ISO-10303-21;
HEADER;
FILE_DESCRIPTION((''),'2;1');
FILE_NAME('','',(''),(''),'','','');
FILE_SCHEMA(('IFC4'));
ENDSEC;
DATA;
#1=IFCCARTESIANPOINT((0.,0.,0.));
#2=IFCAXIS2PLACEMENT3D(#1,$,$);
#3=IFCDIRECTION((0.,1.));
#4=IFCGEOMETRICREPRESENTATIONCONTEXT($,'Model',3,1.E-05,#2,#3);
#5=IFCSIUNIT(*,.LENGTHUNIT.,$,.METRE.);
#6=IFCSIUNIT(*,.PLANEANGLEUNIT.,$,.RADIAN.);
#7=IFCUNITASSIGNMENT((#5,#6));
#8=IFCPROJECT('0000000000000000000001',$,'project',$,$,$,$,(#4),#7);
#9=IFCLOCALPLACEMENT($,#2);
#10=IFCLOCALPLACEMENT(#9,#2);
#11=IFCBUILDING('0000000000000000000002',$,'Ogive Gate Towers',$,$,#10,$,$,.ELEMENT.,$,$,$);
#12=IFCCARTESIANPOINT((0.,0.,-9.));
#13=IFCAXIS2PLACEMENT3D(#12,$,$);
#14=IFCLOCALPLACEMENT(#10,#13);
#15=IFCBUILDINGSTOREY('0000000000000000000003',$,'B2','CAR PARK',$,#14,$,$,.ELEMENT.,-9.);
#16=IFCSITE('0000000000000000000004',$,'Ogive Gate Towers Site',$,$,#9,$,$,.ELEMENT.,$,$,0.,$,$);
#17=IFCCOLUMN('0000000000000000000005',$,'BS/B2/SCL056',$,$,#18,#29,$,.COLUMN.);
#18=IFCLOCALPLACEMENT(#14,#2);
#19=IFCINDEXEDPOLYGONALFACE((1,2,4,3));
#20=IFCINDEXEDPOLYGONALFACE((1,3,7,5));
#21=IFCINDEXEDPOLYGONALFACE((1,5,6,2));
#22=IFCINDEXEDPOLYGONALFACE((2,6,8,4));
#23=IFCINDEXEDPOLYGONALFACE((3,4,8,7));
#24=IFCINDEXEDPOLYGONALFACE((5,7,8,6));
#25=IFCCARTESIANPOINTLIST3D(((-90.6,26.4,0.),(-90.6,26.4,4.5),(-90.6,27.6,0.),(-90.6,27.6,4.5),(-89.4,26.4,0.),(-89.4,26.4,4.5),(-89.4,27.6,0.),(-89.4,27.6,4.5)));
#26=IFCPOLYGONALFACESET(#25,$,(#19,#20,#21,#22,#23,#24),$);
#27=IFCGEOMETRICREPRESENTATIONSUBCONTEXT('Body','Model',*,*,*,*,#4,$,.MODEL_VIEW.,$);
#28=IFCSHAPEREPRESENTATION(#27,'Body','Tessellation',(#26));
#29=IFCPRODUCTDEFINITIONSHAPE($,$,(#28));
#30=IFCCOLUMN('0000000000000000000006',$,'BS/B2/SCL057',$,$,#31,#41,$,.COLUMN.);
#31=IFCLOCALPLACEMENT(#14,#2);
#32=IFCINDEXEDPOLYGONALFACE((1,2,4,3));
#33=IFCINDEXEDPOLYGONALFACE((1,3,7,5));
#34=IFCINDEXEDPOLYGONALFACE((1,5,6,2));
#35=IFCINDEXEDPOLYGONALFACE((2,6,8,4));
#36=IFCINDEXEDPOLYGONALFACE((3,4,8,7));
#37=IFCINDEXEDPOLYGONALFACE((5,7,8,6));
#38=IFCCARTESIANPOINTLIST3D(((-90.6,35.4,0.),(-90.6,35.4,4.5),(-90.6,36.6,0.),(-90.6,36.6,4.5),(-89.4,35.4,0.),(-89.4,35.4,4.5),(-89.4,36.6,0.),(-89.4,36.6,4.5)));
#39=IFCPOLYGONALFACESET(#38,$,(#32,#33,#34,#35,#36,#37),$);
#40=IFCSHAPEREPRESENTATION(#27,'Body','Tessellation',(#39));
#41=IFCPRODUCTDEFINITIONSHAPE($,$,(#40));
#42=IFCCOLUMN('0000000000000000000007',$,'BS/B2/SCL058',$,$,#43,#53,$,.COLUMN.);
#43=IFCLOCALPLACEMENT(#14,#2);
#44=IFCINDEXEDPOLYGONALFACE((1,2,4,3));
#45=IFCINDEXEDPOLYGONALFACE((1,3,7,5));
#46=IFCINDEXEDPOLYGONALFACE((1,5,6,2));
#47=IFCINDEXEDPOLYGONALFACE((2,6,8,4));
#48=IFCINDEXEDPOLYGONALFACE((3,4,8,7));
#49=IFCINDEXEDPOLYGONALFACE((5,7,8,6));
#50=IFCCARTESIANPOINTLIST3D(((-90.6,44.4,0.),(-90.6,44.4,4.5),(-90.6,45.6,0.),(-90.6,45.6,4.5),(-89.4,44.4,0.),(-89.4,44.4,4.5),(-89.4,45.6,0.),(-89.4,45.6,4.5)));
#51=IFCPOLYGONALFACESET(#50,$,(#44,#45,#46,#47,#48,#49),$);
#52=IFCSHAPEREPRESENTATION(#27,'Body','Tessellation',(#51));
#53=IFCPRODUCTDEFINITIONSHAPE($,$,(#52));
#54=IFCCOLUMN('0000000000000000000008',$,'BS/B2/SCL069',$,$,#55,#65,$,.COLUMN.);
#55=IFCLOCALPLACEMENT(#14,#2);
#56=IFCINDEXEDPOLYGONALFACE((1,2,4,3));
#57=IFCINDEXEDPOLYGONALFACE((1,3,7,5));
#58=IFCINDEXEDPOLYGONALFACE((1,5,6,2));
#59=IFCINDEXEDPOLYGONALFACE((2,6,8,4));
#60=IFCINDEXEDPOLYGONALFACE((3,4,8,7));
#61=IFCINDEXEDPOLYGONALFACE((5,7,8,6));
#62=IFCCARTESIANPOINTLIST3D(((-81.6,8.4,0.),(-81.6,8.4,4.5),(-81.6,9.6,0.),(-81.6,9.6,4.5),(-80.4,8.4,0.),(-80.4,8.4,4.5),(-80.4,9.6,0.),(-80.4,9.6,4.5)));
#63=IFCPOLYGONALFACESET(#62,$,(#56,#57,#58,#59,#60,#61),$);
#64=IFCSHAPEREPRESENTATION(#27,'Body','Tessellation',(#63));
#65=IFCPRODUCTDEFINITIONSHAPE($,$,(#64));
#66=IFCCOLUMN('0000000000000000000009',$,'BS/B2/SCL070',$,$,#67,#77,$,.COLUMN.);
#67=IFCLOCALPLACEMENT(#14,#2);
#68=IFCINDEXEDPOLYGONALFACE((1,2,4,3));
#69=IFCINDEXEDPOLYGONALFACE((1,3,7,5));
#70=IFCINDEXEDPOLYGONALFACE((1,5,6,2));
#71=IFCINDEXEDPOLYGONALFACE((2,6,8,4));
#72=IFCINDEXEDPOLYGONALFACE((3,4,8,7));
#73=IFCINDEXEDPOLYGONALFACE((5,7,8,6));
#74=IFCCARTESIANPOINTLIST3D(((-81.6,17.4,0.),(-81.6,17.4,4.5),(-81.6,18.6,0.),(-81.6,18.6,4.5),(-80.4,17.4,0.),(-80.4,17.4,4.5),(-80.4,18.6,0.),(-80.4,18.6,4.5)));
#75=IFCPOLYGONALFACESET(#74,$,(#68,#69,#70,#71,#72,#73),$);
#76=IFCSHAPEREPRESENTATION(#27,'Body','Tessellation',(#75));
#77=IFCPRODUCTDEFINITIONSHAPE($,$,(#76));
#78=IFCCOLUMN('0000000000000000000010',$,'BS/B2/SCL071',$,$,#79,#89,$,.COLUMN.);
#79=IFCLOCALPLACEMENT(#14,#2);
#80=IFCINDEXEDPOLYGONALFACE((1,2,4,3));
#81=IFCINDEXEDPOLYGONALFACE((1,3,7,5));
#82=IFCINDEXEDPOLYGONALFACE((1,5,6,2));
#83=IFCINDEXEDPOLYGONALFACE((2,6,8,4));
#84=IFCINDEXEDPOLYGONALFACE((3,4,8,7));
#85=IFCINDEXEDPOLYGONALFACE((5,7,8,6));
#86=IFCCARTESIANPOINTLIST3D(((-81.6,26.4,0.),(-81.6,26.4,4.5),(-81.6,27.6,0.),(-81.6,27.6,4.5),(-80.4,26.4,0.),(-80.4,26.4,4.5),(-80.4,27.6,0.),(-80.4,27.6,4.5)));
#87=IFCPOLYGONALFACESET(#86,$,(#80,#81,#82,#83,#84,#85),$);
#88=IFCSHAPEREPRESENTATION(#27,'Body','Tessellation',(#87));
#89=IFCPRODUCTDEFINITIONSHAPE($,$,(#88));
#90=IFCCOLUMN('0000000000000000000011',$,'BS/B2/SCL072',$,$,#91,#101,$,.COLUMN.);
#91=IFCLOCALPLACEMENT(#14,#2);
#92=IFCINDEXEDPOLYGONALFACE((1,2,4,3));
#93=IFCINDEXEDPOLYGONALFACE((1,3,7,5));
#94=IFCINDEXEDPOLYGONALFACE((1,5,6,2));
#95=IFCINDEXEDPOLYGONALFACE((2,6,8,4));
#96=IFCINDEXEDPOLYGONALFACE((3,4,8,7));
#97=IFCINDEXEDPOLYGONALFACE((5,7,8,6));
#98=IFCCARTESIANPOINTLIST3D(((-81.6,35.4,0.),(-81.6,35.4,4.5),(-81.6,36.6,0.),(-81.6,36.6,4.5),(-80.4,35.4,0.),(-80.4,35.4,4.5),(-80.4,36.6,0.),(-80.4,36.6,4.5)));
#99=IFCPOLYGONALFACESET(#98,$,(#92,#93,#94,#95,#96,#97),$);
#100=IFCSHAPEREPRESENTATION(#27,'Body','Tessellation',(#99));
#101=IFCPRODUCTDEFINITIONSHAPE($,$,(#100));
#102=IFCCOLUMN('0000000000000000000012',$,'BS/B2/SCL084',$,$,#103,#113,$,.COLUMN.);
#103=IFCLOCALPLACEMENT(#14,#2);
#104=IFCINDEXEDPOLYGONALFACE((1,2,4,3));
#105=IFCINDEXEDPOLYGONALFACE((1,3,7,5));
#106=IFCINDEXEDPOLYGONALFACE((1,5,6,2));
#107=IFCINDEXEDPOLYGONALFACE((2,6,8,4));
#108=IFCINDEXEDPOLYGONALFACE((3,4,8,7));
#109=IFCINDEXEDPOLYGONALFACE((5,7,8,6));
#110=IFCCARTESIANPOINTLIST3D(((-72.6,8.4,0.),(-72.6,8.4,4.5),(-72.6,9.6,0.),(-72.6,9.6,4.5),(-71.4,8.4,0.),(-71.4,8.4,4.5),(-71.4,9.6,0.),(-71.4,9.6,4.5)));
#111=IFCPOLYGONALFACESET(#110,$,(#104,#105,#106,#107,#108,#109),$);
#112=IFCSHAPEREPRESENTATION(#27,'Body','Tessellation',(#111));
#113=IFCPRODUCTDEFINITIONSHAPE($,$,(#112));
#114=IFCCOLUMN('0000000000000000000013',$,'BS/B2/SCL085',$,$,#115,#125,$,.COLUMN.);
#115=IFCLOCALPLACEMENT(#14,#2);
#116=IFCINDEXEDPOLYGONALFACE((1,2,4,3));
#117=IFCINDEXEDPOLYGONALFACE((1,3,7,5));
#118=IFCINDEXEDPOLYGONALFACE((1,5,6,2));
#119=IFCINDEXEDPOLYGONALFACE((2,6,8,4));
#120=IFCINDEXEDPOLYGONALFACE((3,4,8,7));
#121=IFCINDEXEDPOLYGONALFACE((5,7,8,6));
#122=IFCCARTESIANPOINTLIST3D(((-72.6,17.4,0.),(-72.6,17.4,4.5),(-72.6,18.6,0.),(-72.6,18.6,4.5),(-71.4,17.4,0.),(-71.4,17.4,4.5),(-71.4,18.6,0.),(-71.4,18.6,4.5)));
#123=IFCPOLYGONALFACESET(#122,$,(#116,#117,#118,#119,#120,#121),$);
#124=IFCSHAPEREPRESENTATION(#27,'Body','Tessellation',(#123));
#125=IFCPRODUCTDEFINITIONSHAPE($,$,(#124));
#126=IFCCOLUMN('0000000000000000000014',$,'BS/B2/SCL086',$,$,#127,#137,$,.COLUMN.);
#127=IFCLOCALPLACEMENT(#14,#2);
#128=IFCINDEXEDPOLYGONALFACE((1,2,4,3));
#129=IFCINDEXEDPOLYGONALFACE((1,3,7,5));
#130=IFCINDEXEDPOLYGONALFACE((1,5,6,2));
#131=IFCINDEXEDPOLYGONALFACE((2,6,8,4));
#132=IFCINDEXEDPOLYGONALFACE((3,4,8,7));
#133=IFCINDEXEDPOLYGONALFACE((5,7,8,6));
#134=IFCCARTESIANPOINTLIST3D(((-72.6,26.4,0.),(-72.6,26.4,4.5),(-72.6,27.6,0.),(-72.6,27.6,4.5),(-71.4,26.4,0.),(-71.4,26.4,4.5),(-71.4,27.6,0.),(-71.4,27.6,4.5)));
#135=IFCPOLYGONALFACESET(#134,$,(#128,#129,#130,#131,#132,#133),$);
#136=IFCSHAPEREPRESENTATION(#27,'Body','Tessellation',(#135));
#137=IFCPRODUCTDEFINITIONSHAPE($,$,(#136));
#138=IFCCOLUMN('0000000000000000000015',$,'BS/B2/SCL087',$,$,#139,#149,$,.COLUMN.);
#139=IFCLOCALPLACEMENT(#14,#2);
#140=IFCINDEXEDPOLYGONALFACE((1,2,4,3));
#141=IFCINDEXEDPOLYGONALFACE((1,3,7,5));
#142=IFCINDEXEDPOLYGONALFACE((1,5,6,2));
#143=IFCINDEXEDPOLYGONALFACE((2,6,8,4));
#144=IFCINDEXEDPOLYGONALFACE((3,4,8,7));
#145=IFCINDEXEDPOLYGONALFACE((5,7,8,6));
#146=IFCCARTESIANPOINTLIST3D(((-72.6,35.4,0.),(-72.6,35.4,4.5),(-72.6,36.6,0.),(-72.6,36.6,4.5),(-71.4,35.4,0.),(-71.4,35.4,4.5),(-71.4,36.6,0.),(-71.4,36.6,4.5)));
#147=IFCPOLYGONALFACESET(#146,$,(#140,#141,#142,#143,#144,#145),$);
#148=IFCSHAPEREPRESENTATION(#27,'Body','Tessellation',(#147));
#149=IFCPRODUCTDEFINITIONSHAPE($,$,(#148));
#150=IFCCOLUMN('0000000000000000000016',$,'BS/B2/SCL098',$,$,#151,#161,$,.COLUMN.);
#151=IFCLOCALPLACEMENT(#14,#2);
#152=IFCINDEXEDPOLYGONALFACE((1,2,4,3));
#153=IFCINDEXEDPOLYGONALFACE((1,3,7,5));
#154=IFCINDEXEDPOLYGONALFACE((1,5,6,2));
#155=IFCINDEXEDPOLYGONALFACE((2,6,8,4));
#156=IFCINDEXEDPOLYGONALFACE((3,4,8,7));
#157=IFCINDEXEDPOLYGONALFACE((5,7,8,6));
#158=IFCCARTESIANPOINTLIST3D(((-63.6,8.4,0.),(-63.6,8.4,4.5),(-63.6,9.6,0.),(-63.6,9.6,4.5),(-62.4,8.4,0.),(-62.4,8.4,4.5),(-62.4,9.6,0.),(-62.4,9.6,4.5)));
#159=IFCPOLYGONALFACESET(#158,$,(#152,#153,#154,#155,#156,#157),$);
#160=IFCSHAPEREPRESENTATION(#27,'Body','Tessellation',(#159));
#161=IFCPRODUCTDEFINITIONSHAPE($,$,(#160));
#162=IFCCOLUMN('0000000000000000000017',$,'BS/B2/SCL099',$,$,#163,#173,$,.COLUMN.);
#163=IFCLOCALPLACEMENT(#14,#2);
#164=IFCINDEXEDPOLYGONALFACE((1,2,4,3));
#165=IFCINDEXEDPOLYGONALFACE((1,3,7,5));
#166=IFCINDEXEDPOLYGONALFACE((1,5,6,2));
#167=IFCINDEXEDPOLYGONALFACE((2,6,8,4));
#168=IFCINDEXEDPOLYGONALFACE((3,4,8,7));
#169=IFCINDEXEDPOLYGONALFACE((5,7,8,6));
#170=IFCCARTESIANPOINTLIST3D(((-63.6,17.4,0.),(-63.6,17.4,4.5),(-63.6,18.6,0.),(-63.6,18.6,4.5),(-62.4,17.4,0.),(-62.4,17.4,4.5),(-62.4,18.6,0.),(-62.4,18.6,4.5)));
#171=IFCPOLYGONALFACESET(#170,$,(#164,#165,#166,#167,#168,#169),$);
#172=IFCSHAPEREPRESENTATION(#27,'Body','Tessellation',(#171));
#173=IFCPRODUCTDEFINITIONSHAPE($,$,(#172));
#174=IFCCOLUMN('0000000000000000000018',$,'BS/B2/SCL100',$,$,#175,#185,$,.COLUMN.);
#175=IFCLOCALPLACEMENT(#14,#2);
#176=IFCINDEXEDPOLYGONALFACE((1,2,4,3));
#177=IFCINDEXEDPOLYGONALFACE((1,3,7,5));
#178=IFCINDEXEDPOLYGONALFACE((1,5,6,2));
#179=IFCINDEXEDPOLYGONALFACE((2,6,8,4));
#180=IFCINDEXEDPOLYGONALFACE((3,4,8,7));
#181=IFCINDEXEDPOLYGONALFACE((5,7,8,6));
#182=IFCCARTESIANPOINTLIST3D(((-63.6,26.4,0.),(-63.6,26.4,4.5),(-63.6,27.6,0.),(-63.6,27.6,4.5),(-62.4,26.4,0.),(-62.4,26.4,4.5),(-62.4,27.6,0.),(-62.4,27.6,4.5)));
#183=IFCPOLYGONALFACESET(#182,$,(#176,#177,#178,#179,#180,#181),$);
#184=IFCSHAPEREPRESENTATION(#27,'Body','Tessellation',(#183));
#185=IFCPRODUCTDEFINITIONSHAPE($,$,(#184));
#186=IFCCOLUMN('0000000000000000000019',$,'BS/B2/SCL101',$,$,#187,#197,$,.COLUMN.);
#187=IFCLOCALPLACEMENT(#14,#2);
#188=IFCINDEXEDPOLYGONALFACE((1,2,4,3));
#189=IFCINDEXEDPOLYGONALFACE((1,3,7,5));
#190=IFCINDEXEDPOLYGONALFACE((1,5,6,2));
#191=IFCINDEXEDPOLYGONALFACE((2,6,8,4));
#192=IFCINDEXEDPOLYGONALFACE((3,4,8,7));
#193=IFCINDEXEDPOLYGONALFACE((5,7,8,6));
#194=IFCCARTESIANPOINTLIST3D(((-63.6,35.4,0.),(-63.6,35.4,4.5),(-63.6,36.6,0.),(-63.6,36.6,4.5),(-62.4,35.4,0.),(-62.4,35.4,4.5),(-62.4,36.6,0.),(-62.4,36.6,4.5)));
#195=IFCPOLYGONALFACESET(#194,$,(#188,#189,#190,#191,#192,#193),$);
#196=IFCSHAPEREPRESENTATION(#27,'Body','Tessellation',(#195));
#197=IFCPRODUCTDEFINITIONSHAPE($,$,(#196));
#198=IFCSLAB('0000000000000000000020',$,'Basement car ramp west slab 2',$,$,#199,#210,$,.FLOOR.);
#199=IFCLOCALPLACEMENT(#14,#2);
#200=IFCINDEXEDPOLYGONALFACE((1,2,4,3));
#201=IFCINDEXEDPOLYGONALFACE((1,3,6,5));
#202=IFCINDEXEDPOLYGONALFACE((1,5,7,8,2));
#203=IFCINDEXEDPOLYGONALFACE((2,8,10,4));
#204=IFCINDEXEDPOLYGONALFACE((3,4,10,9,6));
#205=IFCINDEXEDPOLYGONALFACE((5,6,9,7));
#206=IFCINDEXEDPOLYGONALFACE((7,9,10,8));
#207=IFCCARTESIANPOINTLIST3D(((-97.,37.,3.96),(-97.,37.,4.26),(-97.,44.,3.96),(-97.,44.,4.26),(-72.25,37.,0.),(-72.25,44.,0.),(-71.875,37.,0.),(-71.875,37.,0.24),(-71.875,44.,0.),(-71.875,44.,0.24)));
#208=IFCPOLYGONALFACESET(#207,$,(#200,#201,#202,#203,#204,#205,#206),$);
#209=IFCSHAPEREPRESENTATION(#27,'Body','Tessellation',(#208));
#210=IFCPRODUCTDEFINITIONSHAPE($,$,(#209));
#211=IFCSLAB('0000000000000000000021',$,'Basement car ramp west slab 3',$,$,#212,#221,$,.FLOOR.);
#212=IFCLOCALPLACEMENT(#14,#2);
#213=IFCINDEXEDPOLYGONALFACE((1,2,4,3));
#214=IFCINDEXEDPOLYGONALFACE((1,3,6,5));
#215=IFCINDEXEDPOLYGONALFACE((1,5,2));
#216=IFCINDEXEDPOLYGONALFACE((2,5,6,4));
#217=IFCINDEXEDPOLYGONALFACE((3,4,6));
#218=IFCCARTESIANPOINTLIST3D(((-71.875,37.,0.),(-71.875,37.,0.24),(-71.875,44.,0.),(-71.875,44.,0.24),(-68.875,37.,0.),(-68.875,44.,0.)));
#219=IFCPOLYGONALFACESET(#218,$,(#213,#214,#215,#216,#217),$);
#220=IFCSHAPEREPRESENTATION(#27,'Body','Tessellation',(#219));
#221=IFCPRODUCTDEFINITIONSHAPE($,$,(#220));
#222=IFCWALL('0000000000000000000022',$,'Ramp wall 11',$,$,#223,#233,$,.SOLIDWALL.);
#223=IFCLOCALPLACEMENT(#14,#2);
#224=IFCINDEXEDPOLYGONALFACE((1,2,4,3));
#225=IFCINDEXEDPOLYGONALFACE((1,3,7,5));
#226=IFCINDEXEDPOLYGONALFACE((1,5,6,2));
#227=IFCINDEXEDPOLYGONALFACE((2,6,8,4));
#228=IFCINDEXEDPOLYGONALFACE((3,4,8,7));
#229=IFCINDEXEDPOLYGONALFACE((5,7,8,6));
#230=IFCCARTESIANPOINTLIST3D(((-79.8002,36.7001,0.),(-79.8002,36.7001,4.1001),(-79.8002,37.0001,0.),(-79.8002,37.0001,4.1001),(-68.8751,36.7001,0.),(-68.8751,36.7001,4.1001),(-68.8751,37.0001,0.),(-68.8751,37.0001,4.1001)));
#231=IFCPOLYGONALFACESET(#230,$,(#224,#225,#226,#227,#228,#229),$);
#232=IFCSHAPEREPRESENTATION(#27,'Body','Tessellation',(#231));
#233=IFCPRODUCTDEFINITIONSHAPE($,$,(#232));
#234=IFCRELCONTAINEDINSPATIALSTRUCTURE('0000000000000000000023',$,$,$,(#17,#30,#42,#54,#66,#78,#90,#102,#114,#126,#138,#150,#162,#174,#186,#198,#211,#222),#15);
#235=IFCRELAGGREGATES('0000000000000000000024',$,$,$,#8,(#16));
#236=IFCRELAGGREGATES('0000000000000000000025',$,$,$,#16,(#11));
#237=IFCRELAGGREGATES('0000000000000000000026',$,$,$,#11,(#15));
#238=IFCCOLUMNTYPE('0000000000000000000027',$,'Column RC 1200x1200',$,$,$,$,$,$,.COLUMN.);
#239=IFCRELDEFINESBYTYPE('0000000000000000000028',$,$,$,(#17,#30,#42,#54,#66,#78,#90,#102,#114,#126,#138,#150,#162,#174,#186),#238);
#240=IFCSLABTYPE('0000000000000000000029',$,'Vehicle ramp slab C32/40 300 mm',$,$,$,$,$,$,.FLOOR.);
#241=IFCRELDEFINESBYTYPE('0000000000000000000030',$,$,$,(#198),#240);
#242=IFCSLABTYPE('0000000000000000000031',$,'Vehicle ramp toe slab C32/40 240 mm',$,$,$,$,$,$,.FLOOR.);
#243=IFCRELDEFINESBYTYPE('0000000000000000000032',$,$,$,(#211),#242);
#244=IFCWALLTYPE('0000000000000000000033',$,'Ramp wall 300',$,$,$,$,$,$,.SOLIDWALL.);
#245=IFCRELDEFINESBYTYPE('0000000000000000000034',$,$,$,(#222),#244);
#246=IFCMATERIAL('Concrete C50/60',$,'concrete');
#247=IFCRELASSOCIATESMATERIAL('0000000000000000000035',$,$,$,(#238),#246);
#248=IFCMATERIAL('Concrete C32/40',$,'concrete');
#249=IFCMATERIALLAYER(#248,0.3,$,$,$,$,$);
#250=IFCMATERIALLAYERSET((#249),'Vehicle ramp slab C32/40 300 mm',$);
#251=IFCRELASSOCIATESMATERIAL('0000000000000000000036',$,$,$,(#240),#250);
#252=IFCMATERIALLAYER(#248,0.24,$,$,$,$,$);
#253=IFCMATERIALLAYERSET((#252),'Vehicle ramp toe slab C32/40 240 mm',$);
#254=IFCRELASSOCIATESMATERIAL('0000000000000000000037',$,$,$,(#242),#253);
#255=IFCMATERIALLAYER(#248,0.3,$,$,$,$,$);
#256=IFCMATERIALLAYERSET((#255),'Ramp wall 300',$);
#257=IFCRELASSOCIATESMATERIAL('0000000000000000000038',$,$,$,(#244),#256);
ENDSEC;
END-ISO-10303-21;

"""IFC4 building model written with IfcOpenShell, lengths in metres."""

from ifc_helpers import new_model, si_unit, direction, frame, frame_2d, origin, origin_2d, place, context, subcontext, project, spatial, polyline, rectangle, outline, extrude, material, layer, layer_set, material_profile, profile_set, type_object, element, save


model = new_model("IFC4")

# Units and contexts
model_context = context("Model", 3, precision=1e-05, world=origin(), true_north=direction((0.0, 1.0)))
body_context = subcontext(model_context, "Body", "Model", "MODEL_VIEW")
ifc_project = project(units=[si_unit("LENGTHUNIT", "METRE"), si_unit("PLANEANGLEUNIT", "RADIAN")], contexts=[model_context])

# Site, building, storey
site_placement = place(None, origin())
site = spatial("IfcSite", under=ifc_project, at=site_placement, Name="Ogive Gate Towers Site", CompositionType="ELEMENT", RefElevation=0.0)
building_placement = place(site_placement, origin())
building = spatial("IfcBuilding", under=site, at=building_placement, Name="Ogive Gate Towers", CompositionType="ELEMENT")
storey_placement = place(building_placement, frame((0.0, 0.0, -9.0)))
storey = spatial("IfcBuildingStorey", under=building, at=storey_placement, Name="B2", Description="CAR PARK", CompositionType="ELEMENT", Elevation=-9.0)

# Columns
ifc_material_1 = material(Name="Concrete C50/60", Category="concrete")
ifc_material_profile_1 = material_profile(ifc_material_1, rectangle(XDim=1.2, YDim=1.2, at=origin_2d()), Name="RC 1200x1200")
ifc_profile_set_1 = profile_set([ifc_material_profile_1], Name="Concrete C50/60")
column_type = type_object("IfcColumnType", Name="Column RC 1200x1200", PredefinedType="COLUMN", material=ifc_profile_set_1)
for number, where, z_axis, x_axis, name in (
    (1, (-90.0, 27.0, 0.0), (0.0, 0.0, 1.0), (1.0, 0.0, 0.0), "BS/B2/SCL056"),
    (2, (-90.0, 36.0, 0.0), (0.0, 0.0, 1.0), (1.0, 0.0, 0.0), "BS/B2/SCL057"),
    (3, (-90.0, 45.0, 0.0), (0.0, 0.0, 1.0), (1.0, 0.0, 0.0), "BS/B2/SCL058"),
    (4, (-81.0, 9.0, 0.0), (0.0, 0.0, 1.0), (1.0, 0.0, 0.0), "BS/B2/SCL069"),
    (5, (-81.0, 18.0, 0.0), (0.0, 0.0, 1.0), (1.0, 0.0, 0.0), "BS/B2/SCL070"),
    (6, (-81.0, 27.0, 0.0), (0.0, 0.0, 1.0), (1.0, 0.0, 0.0), "BS/B2/SCL071"),
    (7, (-81.0, 36.0, 0.0), (0.0, 0.0, 1.0), (1.0, 0.0, 0.0), "BS/B2/SCL072"),
    (8, (-72.0, 9.0, 0.0), (0.0, 0.0, 1.0), (1.0, 0.0, 0.0), "BS/B2/SCL084"),
    (9, (-72.0, 18.0, 0.0), (0.0, 0.0, 1.0), (1.0, 0.0, 0.0), "BS/B2/SCL085"),
    (10, (-72.0, 27.0, 0.0), (0.0, 0.0, 1.0), (1.0, 0.0, 0.0), "BS/B2/SCL086"),
    (11, (-72.0, 36.0, 0.0), (0.0, 0.0, 1.0), (1.0, 0.0, 0.0), "BS/B2/SCL087"),
    (12, (-63.0, 9.0, 0.0), (0.0, 0.0, 1.0), (1.0, 0.0, 0.0), "BS/B2/SCL098"),
    (13, (-63.0, 18.0, 0.0), (0.0, 0.0, 1.0), (1.0, 0.0, 0.0), "BS/B2/SCL099"),
    (14, (-63.0, 27.0, 0.0), (0.0, 0.0, 1.0), (1.0, 0.0, 0.0), "BS/B2/SCL100"),
    (15, (-63.0, 36.0, 0.0), (0.0, 0.0, 1.0), (1.0, 0.0, 0.0), "BS/B2/SCL101"),
):
    element("IfcColumn", number, at=place(storey_placement, frame(where, z_axis=z_axis, x_axis=x_axis)), inside=storey, type_object=column_type, Name=name, PredefinedType="COLUMN", context=body_context, shape_type="SweptSolid", body=[
        extrude(rectangle(XDim=1.2, YDim=1.2, at=origin_2d()), origin(), (0.0, 0.0, 1.0), 4.5),
    ])

# Slabs
ifc_material_2 = material(Name="Concrete C32/40", Category="concrete")
ifc_layer_1 = layer(ifc_material_2, 0.3)
ifc_layer_set_1 = layer_set([ifc_layer_1], Name="Vehicle ramp slab C32/40 300 mm")
slab_type_1 = type_object("IfcSlabType", Name="Vehicle ramp slab C32/40 300 mm", PredefinedType="FLOOR", material=ifc_layer_set_1)
slab_1_placement = place(storey_placement, frame((-97.0, 40.5, 0.0), z_axis=(0.0, 0.0, 1.0), x_axis=(1.0, 0.0, 0.0)))
element("IfcSlab", 16, at=slab_1_placement, inside=storey, type_object=slab_type_1, Name="Basement car ramp west slab 2", PredefinedType="FLOOR", context=body_context, shape_type="SweptSolid", body=[
    extrude(outline(polyline([(0.0, 3.96), (24.75, 0.0), (25.125, 0.0), (25.125, 0.24), (0.0, 4.26), (0.0, 3.96)])), frame((0.0, 3.5, 0.0), z_axis=(0.0, -1.0, 0.0), x_axis=(1.0, 0.0, 0.0)), (0.0, 0.0, 1.0), 7.0),
])
ifc_layer_2 = layer(ifc_material_2, 0.24)
ifc_layer_set_2 = layer_set([ifc_layer_2], Name="Vehicle ramp toe slab C32/40 240 mm")
slab_type_2 = type_object("IfcSlabType", Name="Vehicle ramp toe slab C32/40 240 mm", PredefinedType="FLOOR", material=ifc_layer_set_2)
slab_2_placement = place(storey_placement, frame((-71.875, 40.5, 0.0), z_axis=(0.0, 0.0, 1.0), x_axis=(1.0, 0.0, 0.0)))
element("IfcSlab", 17, at=slab_2_placement, inside=storey, type_object=slab_type_2, Name="Basement car ramp west slab 3", PredefinedType="FLOOR", context=body_context, shape_type="SweptSolid", body=[
    extrude(outline(polyline([(0.0, 0.0), (3.0, 0.0), (3.0, 0.0), (0.0, 0.24), (0.0, 0.0)])), frame((0.0, 3.5, 0.0), z_axis=(0.0, -1.0, 0.0), x_axis=(1.0, 0.0, 0.0)), (0.0, 0.0, 1.0), 7.0),
])

# Wall
ifc_layer_3 = layer(ifc_material_2, 0.3)
ifc_layer_set_3 = layer_set([ifc_layer_3], Name="Ramp wall 300")
wall_type = type_object("IfcWallType", Name="Ramp wall 300", PredefinedType="SOLIDWALL", material=ifc_layer_set_3)
for number, where, z_axis, x_axis, name in (
    (18, (-79.8, 36.8501, 0.0), (0.0, 0.0, 1.0), (1.0, 0.0, 0.0), "Ramp wall 11"),
):
    element("IfcWall", number, at=place(storey_placement, frame(where, z_axis=z_axis, x_axis=x_axis)), inside=storey, type_object=wall_type, Name=name, PredefinedType="SOLIDWALL", context=body_context, shape_type="SweptSolid", body=[
        extrude(rectangle(XDim=10.925, YDim=0.3, at=frame_2d((5.4624, 0.0))), origin(), (0.0, 0.0, 1.0), 4.1001),
    ])

save(model, "model.ifc")
